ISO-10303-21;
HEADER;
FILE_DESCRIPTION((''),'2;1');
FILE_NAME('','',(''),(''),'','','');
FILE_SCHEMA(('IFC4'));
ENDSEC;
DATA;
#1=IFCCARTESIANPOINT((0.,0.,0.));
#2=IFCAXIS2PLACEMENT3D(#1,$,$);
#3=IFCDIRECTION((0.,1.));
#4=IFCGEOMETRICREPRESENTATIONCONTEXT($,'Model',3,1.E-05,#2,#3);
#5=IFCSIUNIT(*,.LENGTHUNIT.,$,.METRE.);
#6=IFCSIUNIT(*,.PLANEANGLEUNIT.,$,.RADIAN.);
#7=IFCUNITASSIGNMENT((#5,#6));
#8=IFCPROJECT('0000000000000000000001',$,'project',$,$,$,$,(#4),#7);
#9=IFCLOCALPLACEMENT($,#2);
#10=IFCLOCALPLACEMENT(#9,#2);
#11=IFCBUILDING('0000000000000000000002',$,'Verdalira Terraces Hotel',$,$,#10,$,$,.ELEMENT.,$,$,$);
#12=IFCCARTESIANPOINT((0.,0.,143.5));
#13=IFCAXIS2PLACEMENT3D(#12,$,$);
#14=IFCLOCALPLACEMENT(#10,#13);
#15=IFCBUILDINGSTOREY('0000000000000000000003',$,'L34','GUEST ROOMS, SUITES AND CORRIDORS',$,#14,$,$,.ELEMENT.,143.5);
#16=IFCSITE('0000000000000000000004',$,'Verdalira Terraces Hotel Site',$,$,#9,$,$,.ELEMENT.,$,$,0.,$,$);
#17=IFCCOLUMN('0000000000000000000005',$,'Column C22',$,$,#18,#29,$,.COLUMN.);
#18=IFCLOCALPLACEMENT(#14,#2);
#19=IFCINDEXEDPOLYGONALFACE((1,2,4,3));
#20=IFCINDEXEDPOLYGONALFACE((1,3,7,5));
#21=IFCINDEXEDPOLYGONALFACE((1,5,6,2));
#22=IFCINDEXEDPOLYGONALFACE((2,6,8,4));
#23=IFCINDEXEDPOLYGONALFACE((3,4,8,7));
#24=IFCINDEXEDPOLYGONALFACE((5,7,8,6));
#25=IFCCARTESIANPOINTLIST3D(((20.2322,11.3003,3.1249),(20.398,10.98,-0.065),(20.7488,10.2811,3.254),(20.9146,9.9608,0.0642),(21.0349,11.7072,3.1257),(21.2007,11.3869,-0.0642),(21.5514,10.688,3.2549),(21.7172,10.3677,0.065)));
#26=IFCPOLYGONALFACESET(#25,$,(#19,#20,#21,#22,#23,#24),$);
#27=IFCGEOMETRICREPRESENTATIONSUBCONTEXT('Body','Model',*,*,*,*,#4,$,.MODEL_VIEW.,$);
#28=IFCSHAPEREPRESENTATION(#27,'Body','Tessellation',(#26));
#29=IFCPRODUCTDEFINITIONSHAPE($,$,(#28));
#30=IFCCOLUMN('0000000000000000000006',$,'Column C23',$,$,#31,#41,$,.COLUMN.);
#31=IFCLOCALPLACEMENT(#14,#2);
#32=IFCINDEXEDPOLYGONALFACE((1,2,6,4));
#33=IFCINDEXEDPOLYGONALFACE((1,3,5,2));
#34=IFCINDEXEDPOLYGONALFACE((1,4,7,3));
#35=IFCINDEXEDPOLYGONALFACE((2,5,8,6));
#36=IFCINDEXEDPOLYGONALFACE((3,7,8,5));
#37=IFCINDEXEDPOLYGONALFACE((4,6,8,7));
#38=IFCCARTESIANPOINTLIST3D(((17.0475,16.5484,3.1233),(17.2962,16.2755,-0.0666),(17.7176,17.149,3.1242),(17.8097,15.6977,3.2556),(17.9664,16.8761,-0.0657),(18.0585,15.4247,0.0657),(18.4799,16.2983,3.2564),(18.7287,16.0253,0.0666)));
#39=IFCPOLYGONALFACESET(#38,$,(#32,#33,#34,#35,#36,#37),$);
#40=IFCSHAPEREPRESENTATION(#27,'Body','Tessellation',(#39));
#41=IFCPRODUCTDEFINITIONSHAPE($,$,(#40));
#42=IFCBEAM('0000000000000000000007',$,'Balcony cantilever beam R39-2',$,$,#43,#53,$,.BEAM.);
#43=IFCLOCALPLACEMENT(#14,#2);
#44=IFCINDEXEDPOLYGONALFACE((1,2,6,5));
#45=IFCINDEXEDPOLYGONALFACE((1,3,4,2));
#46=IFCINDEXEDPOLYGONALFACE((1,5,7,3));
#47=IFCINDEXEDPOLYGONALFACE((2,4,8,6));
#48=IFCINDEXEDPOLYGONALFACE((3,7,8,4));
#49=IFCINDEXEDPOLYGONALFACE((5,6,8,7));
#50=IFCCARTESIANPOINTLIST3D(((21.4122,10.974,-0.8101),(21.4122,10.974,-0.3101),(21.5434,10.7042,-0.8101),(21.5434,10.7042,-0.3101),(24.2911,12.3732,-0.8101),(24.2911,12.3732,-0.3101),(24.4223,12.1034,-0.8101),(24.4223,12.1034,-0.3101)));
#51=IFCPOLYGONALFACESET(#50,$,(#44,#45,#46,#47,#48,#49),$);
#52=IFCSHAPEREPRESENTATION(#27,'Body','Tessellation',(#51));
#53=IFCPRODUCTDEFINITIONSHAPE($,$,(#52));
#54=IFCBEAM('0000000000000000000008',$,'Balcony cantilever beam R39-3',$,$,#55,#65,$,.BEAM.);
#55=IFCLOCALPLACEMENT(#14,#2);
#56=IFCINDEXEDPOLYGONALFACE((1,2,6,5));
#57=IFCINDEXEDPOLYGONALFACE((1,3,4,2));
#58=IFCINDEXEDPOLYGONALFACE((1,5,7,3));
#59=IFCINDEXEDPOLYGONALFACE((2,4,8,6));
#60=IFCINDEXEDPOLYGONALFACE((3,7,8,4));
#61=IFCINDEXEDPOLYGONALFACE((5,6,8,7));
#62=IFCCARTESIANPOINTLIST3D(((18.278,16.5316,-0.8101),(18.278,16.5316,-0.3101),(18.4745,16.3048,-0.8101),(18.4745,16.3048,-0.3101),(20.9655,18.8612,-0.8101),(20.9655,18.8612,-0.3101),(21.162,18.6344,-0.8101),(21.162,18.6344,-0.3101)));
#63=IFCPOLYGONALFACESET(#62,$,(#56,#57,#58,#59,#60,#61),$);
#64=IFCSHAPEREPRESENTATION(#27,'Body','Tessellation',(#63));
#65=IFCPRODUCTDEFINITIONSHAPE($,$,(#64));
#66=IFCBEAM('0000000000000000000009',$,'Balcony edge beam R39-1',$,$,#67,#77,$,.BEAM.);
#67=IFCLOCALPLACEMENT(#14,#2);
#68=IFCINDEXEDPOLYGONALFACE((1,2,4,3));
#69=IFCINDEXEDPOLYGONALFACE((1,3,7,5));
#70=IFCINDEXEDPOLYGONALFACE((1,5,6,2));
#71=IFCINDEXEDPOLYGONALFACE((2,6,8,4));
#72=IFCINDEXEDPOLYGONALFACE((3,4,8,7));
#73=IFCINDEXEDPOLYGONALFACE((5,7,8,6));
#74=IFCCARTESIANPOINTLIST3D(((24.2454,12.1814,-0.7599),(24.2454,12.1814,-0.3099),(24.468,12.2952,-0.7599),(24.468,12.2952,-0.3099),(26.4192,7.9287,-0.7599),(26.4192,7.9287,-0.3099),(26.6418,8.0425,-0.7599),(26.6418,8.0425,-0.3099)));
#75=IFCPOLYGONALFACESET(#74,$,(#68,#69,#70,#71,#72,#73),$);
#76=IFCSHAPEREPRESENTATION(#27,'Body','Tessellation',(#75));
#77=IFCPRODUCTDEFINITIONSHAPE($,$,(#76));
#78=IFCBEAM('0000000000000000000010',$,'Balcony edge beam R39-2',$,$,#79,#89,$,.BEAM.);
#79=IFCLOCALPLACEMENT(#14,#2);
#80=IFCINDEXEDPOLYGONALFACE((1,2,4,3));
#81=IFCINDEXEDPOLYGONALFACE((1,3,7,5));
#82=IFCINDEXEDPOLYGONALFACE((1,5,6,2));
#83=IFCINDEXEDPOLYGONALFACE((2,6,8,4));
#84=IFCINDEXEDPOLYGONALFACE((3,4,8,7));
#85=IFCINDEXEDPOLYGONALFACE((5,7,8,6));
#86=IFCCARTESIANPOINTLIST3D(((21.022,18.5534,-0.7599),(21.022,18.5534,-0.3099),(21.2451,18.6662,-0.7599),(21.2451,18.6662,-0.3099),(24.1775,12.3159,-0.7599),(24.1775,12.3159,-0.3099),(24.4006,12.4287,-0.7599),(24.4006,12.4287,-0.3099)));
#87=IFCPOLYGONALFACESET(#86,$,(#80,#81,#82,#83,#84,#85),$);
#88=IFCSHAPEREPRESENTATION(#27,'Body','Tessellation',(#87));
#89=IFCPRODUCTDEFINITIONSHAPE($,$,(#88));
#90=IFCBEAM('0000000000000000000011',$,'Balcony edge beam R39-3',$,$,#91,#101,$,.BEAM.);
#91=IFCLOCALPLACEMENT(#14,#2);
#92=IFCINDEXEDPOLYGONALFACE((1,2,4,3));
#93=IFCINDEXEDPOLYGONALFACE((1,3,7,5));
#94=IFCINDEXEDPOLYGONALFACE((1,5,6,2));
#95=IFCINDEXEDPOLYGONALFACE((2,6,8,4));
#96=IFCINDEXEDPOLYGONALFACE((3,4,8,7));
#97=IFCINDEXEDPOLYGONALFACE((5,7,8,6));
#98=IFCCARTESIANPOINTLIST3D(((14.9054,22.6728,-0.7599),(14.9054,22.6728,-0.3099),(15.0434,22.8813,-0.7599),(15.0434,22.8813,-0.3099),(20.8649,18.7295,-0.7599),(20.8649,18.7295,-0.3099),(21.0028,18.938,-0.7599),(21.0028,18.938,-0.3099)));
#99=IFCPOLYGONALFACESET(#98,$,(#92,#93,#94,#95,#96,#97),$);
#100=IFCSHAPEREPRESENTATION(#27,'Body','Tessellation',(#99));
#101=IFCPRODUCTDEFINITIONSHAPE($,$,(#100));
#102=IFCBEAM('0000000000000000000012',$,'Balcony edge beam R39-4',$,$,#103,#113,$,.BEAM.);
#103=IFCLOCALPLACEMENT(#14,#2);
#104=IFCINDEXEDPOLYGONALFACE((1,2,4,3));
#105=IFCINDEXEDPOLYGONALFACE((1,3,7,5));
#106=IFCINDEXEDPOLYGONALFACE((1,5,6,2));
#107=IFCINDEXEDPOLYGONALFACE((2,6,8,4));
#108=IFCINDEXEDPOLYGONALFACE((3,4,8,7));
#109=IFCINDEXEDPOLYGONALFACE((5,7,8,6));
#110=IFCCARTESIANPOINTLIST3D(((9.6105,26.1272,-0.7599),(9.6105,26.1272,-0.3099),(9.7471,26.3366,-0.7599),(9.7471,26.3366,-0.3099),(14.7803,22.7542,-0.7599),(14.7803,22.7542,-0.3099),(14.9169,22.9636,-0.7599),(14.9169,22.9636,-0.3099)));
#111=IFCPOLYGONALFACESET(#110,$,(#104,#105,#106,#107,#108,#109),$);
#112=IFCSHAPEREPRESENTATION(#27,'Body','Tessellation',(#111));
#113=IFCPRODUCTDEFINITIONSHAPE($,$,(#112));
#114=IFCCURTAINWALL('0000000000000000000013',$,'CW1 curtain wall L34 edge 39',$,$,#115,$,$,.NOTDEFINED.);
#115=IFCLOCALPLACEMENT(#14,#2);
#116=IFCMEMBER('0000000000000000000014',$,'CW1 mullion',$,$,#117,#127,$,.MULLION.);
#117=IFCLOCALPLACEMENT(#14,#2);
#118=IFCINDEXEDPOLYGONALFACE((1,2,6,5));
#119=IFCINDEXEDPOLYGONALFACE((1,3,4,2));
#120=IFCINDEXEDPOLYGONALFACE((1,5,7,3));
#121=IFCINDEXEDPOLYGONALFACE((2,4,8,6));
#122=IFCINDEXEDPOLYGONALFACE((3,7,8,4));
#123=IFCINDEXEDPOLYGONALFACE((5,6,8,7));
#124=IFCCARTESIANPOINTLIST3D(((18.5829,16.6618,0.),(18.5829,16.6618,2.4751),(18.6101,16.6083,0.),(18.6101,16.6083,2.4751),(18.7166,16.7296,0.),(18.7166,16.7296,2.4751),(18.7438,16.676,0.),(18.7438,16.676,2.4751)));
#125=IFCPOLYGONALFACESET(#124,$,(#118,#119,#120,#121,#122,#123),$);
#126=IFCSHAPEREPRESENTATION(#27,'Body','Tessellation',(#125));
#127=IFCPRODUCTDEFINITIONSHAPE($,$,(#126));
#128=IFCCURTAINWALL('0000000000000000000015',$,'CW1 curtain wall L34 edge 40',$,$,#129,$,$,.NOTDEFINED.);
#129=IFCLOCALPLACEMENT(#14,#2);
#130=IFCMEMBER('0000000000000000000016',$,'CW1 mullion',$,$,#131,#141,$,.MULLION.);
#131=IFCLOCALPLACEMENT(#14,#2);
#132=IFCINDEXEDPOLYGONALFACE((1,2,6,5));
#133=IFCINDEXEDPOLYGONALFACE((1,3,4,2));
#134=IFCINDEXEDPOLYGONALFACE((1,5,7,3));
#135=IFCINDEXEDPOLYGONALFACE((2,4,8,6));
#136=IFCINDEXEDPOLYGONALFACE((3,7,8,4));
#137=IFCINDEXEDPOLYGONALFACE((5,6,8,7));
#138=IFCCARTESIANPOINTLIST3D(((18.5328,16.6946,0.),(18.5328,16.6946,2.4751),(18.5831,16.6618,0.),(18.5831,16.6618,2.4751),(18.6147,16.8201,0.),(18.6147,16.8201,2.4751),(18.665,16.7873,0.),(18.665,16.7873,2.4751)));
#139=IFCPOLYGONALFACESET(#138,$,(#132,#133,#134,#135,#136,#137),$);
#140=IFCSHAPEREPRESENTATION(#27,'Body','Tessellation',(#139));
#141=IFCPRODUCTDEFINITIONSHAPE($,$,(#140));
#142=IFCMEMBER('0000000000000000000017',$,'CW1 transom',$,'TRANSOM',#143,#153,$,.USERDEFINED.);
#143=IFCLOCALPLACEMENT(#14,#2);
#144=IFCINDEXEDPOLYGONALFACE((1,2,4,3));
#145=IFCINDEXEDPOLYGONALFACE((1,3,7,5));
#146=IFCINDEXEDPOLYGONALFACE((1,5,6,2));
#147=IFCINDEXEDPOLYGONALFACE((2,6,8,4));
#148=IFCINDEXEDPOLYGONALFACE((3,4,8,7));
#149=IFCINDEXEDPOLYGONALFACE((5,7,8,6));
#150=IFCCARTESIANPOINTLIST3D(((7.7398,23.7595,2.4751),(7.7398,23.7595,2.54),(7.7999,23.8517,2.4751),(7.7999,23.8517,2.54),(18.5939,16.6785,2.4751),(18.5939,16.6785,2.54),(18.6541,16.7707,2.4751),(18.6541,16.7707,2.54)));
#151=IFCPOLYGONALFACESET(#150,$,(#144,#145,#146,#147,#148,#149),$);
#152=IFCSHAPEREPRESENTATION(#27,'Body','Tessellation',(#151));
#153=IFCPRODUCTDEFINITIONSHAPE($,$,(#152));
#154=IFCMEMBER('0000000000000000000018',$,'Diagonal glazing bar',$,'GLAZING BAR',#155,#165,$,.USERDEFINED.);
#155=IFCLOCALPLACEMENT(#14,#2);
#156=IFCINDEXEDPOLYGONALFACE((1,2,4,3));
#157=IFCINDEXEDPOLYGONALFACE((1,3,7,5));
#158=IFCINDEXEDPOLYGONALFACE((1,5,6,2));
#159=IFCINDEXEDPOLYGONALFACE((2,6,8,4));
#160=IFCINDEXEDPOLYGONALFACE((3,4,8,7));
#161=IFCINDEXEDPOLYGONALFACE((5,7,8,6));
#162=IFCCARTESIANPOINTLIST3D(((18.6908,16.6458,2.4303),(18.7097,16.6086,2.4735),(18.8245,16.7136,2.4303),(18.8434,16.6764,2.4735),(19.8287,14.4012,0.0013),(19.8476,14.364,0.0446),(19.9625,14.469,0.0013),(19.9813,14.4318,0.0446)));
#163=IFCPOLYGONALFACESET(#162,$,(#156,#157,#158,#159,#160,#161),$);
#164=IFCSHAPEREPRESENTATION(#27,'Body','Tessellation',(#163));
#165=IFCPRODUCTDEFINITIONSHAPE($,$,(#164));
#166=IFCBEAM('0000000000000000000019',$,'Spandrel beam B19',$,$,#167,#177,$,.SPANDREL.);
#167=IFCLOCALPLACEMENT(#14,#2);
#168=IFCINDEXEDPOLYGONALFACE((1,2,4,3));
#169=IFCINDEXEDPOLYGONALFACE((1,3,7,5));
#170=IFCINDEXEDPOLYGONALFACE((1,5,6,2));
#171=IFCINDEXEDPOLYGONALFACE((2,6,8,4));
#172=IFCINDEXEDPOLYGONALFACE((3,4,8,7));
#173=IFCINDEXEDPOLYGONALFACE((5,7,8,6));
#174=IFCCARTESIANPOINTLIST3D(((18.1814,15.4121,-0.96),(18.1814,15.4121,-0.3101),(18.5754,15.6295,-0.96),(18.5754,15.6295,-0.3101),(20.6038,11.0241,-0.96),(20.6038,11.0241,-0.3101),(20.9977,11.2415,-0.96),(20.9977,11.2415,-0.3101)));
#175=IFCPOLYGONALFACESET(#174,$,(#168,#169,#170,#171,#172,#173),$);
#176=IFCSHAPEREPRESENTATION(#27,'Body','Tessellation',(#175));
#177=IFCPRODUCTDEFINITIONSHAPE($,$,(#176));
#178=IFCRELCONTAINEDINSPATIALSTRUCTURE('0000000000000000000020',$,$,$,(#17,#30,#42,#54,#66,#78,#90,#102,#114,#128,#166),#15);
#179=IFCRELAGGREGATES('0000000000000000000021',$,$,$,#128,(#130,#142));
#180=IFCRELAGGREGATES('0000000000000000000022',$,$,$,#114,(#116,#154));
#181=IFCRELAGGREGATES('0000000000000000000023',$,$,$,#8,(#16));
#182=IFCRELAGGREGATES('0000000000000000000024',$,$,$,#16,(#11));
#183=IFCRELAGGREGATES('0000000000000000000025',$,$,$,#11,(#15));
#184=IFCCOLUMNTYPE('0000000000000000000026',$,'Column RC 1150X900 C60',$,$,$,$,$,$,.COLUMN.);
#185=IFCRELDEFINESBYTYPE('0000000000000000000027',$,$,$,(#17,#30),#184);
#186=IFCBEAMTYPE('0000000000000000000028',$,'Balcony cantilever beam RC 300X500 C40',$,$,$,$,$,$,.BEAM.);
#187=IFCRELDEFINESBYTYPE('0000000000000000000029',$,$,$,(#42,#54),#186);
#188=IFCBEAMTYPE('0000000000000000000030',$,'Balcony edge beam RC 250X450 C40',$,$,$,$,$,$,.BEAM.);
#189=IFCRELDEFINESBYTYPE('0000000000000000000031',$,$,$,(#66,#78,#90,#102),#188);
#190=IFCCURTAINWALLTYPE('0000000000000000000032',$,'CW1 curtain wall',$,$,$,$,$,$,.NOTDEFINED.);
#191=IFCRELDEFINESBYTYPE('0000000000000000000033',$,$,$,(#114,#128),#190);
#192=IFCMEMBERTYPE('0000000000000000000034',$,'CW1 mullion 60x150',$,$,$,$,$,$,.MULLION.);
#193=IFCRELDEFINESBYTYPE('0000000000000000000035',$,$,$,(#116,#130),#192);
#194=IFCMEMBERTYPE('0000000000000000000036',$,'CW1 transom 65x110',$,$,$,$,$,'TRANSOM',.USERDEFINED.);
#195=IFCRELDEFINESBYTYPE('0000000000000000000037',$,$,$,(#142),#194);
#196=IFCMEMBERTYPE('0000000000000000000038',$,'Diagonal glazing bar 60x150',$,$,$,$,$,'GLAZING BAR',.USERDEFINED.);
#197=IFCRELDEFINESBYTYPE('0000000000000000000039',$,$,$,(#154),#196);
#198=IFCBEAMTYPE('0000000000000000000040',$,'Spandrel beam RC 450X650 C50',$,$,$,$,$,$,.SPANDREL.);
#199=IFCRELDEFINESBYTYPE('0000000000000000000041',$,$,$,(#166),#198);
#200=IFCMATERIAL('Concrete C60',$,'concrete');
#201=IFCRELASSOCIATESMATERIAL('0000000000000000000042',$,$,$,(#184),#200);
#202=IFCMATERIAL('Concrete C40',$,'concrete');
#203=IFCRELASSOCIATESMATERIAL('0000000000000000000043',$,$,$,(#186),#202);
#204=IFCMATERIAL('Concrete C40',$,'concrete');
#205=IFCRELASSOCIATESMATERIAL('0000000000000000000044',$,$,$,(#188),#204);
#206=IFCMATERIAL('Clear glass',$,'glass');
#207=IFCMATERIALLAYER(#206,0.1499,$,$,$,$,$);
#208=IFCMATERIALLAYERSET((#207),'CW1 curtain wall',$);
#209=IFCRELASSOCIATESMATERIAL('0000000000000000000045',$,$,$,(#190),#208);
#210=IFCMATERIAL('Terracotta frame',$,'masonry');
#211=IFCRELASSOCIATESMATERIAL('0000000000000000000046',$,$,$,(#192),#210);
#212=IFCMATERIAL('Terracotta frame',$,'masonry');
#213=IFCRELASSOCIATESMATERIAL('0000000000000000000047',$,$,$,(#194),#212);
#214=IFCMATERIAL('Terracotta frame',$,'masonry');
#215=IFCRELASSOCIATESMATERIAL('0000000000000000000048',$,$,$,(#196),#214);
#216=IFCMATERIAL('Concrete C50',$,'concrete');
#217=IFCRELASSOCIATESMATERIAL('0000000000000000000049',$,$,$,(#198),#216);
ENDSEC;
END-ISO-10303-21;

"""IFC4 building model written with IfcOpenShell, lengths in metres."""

from ifc_helpers import new_model, si_unit, direction, frame, origin, origin_2d, place, context, subcontext, project, spatial, rectangle, extrude, material, layer, layer_set, material_profile, profile_set, type_object, element, aggregate, save


model = new_model("IFC4")

# Units and contexts
model_context = context("Model", 3, precision=1e-05, world=origin(), true_north=direction((0.0, 1.0)))
body_context = subcontext(model_context, "Body", "Model", "MODEL_VIEW")
ifc_project = project(units=[si_unit("LENGTHUNIT", "METRE"), si_unit("PLANEANGLEUNIT", "RADIAN")], contexts=[model_context])

# Site, building, storey
site_placement = place(None, origin())
site = spatial("IfcSite", under=ifc_project, at=site_placement, Name="Verdalira Terraces Hotel Site", CompositionType="ELEMENT", RefElevation=0.0)
building_placement = place(site_placement, origin())
building = spatial("IfcBuilding", under=site, at=building_placement, Name="Verdalira Terraces Hotel", CompositionType="ELEMENT")
storey_placement = place(building_placement, frame((0.0, 0.0, 143.5)))
storey = spatial("IfcBuildingStorey", under=building, at=storey_placement, Name="L34", Description="GUEST ROOMS, SUITES AND CORRIDORS", CompositionType="ELEMENT", Elevation=143.5)

# Columns
ifc_material_1 = material(Name="Concrete C60", Category="concrete")
ifc_material_profile_1 = material_profile(ifc_material_1, rectangle(XDim=1.1499, YDim=0.8999, at=origin_2d()), Name="RC 1150X900")
ifc_profile_set_1 = profile_set([ifc_material_profile_1], Name="Concrete C60")
column_type = type_object("IfcColumnType", Name="Column RC 1150X900 C60", PredefinedType="COLUMN", material=ifc_profile_set_1)
column_1_placement = place(storey_placement, frame((21.0576, 10.6738, 0.0), z_axis=(-0.051638, 0.099778, 0.993669), x_axis=(-0.449211, 0.886334, -0.112344)))
element("IfcColumn", 1, at=column_1_placement, inside=storey, type_object=column_type, Name="Column C22", PredefinedType="COLUMN", context=body_context, shape_type="SweptSolid", body=[
    extrude(rectangle(XDim=1.1499, YDim=0.8999, at=origin_2d()), origin(), (0.0, 0.0, 1.0), 3.2102),
])
column_2_placement = place(storey_placement, frame((18.0125, 16.1504, 0.0), z_axis=(-0.077471, 0.084998, 0.993365), x_axis=(0.6629, -0.739823, 0.115002)))
element("IfcColumn", 2, at=column_2_placement, inside=storey, type_object=column_type, Name="Column C23", PredefinedType="COLUMN", context=body_context, shape_type="SweptSolid", body=[
    extrude(rectangle(XDim=1.1499, YDim=0.8999, at=origin_2d()), origin(), (0.0, 0.0, 1.0), 3.2112),
])

# Beams
ifc_material_2 = material(Name="Concrete C40", Category="concrete")
ifc_material_profile_2 = material_profile(ifc_material_2, rectangle(XDim=0.3, YDim=0.5, at=origin_2d()), Name="RC 300X500")
ifc_profile_set_2 = profile_set([ifc_material_profile_2], Name="Concrete C40")
beam_type_1 = type_object("IfcBeamType", Name="Balcony cantilever beam RC 300X500 C40", PredefinedType="BEAM", material=ifc_profile_set_2)
beam_1_placement = place(storey_placement, frame((21.4778, 10.8391, -0.5601), z_axis=(0.899405, 0.437117, 0.0), x_axis=(-0.437117, 0.899405, 0.0)))
element("IfcBeam", 3, at=beam_1_placement, inside=storey, type_object=beam_type_1, Name="Balcony cantilever beam R39-2", PredefinedType="BEAM", context=body_context, shape_type="SweptSolid", body=[
    extrude(rectangle(XDim=0.3, YDim=0.5, at=origin_2d()), origin(), (0.0, 0.0, 1.0), 3.2009),
])
beam_2_placement = place(storey_placement, frame((18.3762, 16.4182, -0.5601), z_axis=(0.75563, 0.654998, 0.0), x_axis=(-0.654998, 0.75563, 0.0)))
element("IfcBeam", 4, at=beam_2_placement, inside=storey, type_object=beam_type_1, Name="Balcony cantilever beam R39-3", PredefinedType="BEAM", context=body_context, shape_type="SweptSolid", body=[
    extrude(rectangle(XDim=0.3, YDim=0.5, at=origin_2d()), origin(), (0.0, 0.0, 1.0), 3.5566),
])
ifc_material_3 = material(Name="Concrete C40", Category="concrete")
ifc_material_profile_3 = material_profile(ifc_material_3, rectangle(XDim=0.25, YDim=0.45, at=origin_2d()), Name="RC 250X450")
ifc_profile_set_3 = profile_set([ifc_material_profile_3], Name="Concrete C40")
beam_type_2 = type_object("IfcBeamType", Name="Balcony edge beam RC 250X450 C40", PredefinedType="BEAM", material=ifc_profile_set_3)
beam_3_placement = place(storey_placement, frame((26.5305, 7.9856, -0.5349), z_axis=(-0.45515, 0.890415, 0.0), x_axis=(-0.890415, -0.45515, 0.0)))
element("IfcBeam", 5, at=beam_3_placement, inside=storey, type_object=beam_type_2, Name="Balcony edge beam R39-1", PredefinedType="BEAM", context=body_context, shape_type="SweptSolid", body=[
    extrude(rectangle(XDim=0.25, YDim=0.45, at=origin_2d()), origin(), (0.0, 0.0, 1.0), 4.7761),
])
beam_4_placement = place(storey_placement, frame((24.2891, 12.3723, -0.5349), z_axis=(-0.451414, 0.892315, 0.0), x_axis=(-0.892315, -0.451414, 0.0)))
element("IfcBeam", 6, at=beam_4_placement, inside=storey, type_object=beam_type_2, Name="Balcony edge beam R39-2", PredefinedType="BEAM", context=body_context, shape_type="SweptSolid", body=[
    extrude(rectangle(XDim=0.25, YDim=0.45, at=origin_2d()), origin(), (0.0, 0.0, 1.0), 6.9902),
])
beam_5_placement = place(storey_placement, frame((20.9338, 18.8337, -0.5349), z_axis=(-0.833959, 0.551827, 0.0), x_axis=(-0.551827, -0.833959, 0.0)))
element("IfcBeam", 7, at=beam_5_placement, inside=storey, type_object=beam_type_2, Name="Balcony edge beam R39-3", PredefinedType="BEAM", context=body_context, shape_type="SweptSolid", body=[
    extrude(rectangle(XDim=0.25, YDim=0.45, at=origin_2d()), origin(), (0.0, 0.0, 1.0), 7.146),
])
beam_6_placement = place(storey_placement, frame((14.8486, 22.8589, -0.5349), z_axis=(-0.83751, 0.546422, 0.0), x_axis=(-0.546422, -0.83751, 0.0)))
element("IfcBeam", 8, at=beam_6_placement, inside=storey, type_object=beam_type_2, Name="Balcony edge beam R39-4", PredefinedType="BEAM", context=body_context, shape_type="SweptSolid", body=[
    extrude(rectangle(XDim=0.25, YDim=0.45, at=origin_2d()), origin(), (0.0, 0.0, 1.0), 6.1729),
])

# Curtain wall, member
ifc_material_4 = material(Name="Clear glass", Category="glass")
ifc_layer_1 = layer(ifc_material_4, 0.1499)
ifc_layer_set_1 = layer_set([ifc_layer_1], Name="CW1 curtain wall")
curtain_wall_type = type_object("IfcCurtainWallType", Name="CW1 curtain wall", PredefinedType="NOTDEFINED", material=ifc_layer_set_1)
curtain_wall_1_placement = place(storey_placement, origin())
curtain_wall_1 = element("IfcCurtainWall", 9, at=curtain_wall_1_placement, inside=storey, type_object=curtain_wall_type, Name="CW1 curtain wall L34 edge 39", PredefinedType="NOTDEFINED")
ifc_material_5 = material(Name="Terracotta frame", Category="masonry")
ifc_material_profile_4 = material_profile(ifc_material_5, rectangle(XDim=0.0601, YDim=0.1499, at=origin_2d()), Name="MU 60x150")
ifc_profile_set_4 = profile_set([ifc_material_profile_4], Name="Terracotta frame")
member_type_1 = type_object("IfcMemberType", Name="CW1 mullion 60x150", PredefinedType="MULLION", material=ifc_profile_set_4)
member_1_placement = place(storey_placement, frame((18.6633, 16.6689, 0.0), z_axis=(0.0, 0.0, 1.0), x_axis=(-0.452123, 0.891955, 0.0)))
member_1 = element("IfcMember", 10, at=member_1_placement, type_object=member_type_1, Name="CW1 mullion", PredefinedType="MULLION", context=body_context, shape_type="SweptSolid", body=[
    extrude(rectangle(XDim=0.0601, YDim=0.1499, at=origin_2d()), origin(), (0.0, 0.0, 1.0), 2.4751),
])

# Curtain wall, members
curtain_wall_2_placement = place(storey_placement, origin())
curtain_wall_2 = element("IfcCurtainWall", 11, at=curtain_wall_2_placement, inside=storey, type_object=curtain_wall_type, Name="CW1 curtain wall L34 edge 40", PredefinedType="NOTDEFINED")
member_2_placement = place(storey_placement, frame((18.5989, 16.741, 0.0), z_axis=(0.0, 0.0, 1.0), x_axis=(-0.837528, 0.546394, 0.0)))
member_2 = element("IfcMember", 12, at=member_2_placement, type_object=member_type_1, Name="CW1 mullion", PredefinedType="MULLION", context=body_context, shape_type="SweptSolid", body=[
    extrude(rectangle(XDim=0.0601, YDim=0.1499, at=origin_2d()), origin(), (0.0, 0.0, 1.0), 2.4751),
])
ifc_material_6 = material(Name="Terracotta frame", Category="masonry")
ifc_material_profile_5 = material_profile(ifc_material_6, rectangle(XDim=0.1101, YDim=0.0649, at=origin_2d()), Name="TR 65x110")
ifc_profile_set_5 = profile_set([ifc_material_profile_5], Name="Terracotta frame")
member_type_2 = type_object("IfcMemberType", Name="CW1 transom 65x110", ElementType="TRANSOM", PredefinedType="USERDEFINED", material=ifc_profile_set_5)
member_3_placement = place(storey_placement, frame((18.624, 16.7246, 2.5076), z_axis=(-0.837533, 0.546387, 0.0), x_axis=(-0.546387, -0.837533, 0.0)))
member_3 = element("IfcMember", 13, at=member_3_placement, type_object=member_type_2, Name="CW1 transom", ObjectType="TRANSOM", PredefinedType="USERDEFINED", context=body_context, shape_type="SweptSolid", body=[
    extrude(rectangle(XDim=0.1101, YDim=0.0649, at=origin_2d()), origin(), (0.0, 0.0, 1.0), 12.9597),
])
aggregate(curtain_wall_2, [member_2, member_3])

# Member
ifc_material_7 = material(Name="Terracotta frame", Category="masonry")
ifc_material_profile_6 = material_profile(ifc_material_7, rectangle(XDim=0.1499, YDim=0.0601, at=origin_2d()), Name="GB 60x150")
ifc_profile_set_6 = profile_set([ifc_material_profile_6], Name="Terracotta frame")
member_type_3 = type_object("IfcMemberType", Name="Diagonal glazing bar 60x150", ElementType="GLAZING BAR", PredefinedType="USERDEFINED", material=ifc_profile_set_6)
member_4_placement = place(storey_placement, frame((19.905, 14.4165, 0.0229), z_axis=(-0.32535, 0.641766, 0.694467), x_axis=(-0.89193, -0.452174, 0.0)))
member_4 = element("IfcMember", 14, at=member_4_placement, type_object=member_type_3, Name="Diagonal glazing bar", ObjectType="GLAZING BAR", PredefinedType="USERDEFINED", context=body_context, shape_type="SweptSolid", body=[
    extrude(rectangle(XDim=0.1499, YDim=0.0601, at=origin_2d()), origin(), (0.0, 0.0, 1.0), 3.4976),
])

# Beam
ifc_material_8 = material(Name="Concrete C50", Category="concrete")
ifc_material_profile_7 = material_profile(ifc_material_8, rectangle(XDim=0.45, YDim=0.6499, at=origin_2d()), Name="RC 450X650")
ifc_profile_set_7 = profile_set([ifc_material_profile_7], Name="Concrete C50")
beam_type_3 = type_object("IfcBeamType", Name="Spandrel beam RC 450X650 C50", PredefinedType="SPANDREL", material=ifc_profile_set_7)
beam_7_placement = place(storey_placement, frame((20.8008, 11.1328, -0.635), z_axis=(-0.483296, 0.875457, 0.0), x_axis=(-0.875457, -0.483296, 0.0)))
element("IfcBeam", 15, at=beam_7_placement, inside=storey, type_object=beam_type_3, Name="Spandrel beam B19", PredefinedType="SPANDREL", context=body_context, shape_type="SweptSolid", body=[
    extrude(rectangle(XDim=0.45, YDim=0.6499, at=origin_2d()), origin(), (0.0, 0.0, 1.0), 5.0122),
])

aggregate(curtain_wall_1, [member_1, member_4])

save(model, "model.ifc")
